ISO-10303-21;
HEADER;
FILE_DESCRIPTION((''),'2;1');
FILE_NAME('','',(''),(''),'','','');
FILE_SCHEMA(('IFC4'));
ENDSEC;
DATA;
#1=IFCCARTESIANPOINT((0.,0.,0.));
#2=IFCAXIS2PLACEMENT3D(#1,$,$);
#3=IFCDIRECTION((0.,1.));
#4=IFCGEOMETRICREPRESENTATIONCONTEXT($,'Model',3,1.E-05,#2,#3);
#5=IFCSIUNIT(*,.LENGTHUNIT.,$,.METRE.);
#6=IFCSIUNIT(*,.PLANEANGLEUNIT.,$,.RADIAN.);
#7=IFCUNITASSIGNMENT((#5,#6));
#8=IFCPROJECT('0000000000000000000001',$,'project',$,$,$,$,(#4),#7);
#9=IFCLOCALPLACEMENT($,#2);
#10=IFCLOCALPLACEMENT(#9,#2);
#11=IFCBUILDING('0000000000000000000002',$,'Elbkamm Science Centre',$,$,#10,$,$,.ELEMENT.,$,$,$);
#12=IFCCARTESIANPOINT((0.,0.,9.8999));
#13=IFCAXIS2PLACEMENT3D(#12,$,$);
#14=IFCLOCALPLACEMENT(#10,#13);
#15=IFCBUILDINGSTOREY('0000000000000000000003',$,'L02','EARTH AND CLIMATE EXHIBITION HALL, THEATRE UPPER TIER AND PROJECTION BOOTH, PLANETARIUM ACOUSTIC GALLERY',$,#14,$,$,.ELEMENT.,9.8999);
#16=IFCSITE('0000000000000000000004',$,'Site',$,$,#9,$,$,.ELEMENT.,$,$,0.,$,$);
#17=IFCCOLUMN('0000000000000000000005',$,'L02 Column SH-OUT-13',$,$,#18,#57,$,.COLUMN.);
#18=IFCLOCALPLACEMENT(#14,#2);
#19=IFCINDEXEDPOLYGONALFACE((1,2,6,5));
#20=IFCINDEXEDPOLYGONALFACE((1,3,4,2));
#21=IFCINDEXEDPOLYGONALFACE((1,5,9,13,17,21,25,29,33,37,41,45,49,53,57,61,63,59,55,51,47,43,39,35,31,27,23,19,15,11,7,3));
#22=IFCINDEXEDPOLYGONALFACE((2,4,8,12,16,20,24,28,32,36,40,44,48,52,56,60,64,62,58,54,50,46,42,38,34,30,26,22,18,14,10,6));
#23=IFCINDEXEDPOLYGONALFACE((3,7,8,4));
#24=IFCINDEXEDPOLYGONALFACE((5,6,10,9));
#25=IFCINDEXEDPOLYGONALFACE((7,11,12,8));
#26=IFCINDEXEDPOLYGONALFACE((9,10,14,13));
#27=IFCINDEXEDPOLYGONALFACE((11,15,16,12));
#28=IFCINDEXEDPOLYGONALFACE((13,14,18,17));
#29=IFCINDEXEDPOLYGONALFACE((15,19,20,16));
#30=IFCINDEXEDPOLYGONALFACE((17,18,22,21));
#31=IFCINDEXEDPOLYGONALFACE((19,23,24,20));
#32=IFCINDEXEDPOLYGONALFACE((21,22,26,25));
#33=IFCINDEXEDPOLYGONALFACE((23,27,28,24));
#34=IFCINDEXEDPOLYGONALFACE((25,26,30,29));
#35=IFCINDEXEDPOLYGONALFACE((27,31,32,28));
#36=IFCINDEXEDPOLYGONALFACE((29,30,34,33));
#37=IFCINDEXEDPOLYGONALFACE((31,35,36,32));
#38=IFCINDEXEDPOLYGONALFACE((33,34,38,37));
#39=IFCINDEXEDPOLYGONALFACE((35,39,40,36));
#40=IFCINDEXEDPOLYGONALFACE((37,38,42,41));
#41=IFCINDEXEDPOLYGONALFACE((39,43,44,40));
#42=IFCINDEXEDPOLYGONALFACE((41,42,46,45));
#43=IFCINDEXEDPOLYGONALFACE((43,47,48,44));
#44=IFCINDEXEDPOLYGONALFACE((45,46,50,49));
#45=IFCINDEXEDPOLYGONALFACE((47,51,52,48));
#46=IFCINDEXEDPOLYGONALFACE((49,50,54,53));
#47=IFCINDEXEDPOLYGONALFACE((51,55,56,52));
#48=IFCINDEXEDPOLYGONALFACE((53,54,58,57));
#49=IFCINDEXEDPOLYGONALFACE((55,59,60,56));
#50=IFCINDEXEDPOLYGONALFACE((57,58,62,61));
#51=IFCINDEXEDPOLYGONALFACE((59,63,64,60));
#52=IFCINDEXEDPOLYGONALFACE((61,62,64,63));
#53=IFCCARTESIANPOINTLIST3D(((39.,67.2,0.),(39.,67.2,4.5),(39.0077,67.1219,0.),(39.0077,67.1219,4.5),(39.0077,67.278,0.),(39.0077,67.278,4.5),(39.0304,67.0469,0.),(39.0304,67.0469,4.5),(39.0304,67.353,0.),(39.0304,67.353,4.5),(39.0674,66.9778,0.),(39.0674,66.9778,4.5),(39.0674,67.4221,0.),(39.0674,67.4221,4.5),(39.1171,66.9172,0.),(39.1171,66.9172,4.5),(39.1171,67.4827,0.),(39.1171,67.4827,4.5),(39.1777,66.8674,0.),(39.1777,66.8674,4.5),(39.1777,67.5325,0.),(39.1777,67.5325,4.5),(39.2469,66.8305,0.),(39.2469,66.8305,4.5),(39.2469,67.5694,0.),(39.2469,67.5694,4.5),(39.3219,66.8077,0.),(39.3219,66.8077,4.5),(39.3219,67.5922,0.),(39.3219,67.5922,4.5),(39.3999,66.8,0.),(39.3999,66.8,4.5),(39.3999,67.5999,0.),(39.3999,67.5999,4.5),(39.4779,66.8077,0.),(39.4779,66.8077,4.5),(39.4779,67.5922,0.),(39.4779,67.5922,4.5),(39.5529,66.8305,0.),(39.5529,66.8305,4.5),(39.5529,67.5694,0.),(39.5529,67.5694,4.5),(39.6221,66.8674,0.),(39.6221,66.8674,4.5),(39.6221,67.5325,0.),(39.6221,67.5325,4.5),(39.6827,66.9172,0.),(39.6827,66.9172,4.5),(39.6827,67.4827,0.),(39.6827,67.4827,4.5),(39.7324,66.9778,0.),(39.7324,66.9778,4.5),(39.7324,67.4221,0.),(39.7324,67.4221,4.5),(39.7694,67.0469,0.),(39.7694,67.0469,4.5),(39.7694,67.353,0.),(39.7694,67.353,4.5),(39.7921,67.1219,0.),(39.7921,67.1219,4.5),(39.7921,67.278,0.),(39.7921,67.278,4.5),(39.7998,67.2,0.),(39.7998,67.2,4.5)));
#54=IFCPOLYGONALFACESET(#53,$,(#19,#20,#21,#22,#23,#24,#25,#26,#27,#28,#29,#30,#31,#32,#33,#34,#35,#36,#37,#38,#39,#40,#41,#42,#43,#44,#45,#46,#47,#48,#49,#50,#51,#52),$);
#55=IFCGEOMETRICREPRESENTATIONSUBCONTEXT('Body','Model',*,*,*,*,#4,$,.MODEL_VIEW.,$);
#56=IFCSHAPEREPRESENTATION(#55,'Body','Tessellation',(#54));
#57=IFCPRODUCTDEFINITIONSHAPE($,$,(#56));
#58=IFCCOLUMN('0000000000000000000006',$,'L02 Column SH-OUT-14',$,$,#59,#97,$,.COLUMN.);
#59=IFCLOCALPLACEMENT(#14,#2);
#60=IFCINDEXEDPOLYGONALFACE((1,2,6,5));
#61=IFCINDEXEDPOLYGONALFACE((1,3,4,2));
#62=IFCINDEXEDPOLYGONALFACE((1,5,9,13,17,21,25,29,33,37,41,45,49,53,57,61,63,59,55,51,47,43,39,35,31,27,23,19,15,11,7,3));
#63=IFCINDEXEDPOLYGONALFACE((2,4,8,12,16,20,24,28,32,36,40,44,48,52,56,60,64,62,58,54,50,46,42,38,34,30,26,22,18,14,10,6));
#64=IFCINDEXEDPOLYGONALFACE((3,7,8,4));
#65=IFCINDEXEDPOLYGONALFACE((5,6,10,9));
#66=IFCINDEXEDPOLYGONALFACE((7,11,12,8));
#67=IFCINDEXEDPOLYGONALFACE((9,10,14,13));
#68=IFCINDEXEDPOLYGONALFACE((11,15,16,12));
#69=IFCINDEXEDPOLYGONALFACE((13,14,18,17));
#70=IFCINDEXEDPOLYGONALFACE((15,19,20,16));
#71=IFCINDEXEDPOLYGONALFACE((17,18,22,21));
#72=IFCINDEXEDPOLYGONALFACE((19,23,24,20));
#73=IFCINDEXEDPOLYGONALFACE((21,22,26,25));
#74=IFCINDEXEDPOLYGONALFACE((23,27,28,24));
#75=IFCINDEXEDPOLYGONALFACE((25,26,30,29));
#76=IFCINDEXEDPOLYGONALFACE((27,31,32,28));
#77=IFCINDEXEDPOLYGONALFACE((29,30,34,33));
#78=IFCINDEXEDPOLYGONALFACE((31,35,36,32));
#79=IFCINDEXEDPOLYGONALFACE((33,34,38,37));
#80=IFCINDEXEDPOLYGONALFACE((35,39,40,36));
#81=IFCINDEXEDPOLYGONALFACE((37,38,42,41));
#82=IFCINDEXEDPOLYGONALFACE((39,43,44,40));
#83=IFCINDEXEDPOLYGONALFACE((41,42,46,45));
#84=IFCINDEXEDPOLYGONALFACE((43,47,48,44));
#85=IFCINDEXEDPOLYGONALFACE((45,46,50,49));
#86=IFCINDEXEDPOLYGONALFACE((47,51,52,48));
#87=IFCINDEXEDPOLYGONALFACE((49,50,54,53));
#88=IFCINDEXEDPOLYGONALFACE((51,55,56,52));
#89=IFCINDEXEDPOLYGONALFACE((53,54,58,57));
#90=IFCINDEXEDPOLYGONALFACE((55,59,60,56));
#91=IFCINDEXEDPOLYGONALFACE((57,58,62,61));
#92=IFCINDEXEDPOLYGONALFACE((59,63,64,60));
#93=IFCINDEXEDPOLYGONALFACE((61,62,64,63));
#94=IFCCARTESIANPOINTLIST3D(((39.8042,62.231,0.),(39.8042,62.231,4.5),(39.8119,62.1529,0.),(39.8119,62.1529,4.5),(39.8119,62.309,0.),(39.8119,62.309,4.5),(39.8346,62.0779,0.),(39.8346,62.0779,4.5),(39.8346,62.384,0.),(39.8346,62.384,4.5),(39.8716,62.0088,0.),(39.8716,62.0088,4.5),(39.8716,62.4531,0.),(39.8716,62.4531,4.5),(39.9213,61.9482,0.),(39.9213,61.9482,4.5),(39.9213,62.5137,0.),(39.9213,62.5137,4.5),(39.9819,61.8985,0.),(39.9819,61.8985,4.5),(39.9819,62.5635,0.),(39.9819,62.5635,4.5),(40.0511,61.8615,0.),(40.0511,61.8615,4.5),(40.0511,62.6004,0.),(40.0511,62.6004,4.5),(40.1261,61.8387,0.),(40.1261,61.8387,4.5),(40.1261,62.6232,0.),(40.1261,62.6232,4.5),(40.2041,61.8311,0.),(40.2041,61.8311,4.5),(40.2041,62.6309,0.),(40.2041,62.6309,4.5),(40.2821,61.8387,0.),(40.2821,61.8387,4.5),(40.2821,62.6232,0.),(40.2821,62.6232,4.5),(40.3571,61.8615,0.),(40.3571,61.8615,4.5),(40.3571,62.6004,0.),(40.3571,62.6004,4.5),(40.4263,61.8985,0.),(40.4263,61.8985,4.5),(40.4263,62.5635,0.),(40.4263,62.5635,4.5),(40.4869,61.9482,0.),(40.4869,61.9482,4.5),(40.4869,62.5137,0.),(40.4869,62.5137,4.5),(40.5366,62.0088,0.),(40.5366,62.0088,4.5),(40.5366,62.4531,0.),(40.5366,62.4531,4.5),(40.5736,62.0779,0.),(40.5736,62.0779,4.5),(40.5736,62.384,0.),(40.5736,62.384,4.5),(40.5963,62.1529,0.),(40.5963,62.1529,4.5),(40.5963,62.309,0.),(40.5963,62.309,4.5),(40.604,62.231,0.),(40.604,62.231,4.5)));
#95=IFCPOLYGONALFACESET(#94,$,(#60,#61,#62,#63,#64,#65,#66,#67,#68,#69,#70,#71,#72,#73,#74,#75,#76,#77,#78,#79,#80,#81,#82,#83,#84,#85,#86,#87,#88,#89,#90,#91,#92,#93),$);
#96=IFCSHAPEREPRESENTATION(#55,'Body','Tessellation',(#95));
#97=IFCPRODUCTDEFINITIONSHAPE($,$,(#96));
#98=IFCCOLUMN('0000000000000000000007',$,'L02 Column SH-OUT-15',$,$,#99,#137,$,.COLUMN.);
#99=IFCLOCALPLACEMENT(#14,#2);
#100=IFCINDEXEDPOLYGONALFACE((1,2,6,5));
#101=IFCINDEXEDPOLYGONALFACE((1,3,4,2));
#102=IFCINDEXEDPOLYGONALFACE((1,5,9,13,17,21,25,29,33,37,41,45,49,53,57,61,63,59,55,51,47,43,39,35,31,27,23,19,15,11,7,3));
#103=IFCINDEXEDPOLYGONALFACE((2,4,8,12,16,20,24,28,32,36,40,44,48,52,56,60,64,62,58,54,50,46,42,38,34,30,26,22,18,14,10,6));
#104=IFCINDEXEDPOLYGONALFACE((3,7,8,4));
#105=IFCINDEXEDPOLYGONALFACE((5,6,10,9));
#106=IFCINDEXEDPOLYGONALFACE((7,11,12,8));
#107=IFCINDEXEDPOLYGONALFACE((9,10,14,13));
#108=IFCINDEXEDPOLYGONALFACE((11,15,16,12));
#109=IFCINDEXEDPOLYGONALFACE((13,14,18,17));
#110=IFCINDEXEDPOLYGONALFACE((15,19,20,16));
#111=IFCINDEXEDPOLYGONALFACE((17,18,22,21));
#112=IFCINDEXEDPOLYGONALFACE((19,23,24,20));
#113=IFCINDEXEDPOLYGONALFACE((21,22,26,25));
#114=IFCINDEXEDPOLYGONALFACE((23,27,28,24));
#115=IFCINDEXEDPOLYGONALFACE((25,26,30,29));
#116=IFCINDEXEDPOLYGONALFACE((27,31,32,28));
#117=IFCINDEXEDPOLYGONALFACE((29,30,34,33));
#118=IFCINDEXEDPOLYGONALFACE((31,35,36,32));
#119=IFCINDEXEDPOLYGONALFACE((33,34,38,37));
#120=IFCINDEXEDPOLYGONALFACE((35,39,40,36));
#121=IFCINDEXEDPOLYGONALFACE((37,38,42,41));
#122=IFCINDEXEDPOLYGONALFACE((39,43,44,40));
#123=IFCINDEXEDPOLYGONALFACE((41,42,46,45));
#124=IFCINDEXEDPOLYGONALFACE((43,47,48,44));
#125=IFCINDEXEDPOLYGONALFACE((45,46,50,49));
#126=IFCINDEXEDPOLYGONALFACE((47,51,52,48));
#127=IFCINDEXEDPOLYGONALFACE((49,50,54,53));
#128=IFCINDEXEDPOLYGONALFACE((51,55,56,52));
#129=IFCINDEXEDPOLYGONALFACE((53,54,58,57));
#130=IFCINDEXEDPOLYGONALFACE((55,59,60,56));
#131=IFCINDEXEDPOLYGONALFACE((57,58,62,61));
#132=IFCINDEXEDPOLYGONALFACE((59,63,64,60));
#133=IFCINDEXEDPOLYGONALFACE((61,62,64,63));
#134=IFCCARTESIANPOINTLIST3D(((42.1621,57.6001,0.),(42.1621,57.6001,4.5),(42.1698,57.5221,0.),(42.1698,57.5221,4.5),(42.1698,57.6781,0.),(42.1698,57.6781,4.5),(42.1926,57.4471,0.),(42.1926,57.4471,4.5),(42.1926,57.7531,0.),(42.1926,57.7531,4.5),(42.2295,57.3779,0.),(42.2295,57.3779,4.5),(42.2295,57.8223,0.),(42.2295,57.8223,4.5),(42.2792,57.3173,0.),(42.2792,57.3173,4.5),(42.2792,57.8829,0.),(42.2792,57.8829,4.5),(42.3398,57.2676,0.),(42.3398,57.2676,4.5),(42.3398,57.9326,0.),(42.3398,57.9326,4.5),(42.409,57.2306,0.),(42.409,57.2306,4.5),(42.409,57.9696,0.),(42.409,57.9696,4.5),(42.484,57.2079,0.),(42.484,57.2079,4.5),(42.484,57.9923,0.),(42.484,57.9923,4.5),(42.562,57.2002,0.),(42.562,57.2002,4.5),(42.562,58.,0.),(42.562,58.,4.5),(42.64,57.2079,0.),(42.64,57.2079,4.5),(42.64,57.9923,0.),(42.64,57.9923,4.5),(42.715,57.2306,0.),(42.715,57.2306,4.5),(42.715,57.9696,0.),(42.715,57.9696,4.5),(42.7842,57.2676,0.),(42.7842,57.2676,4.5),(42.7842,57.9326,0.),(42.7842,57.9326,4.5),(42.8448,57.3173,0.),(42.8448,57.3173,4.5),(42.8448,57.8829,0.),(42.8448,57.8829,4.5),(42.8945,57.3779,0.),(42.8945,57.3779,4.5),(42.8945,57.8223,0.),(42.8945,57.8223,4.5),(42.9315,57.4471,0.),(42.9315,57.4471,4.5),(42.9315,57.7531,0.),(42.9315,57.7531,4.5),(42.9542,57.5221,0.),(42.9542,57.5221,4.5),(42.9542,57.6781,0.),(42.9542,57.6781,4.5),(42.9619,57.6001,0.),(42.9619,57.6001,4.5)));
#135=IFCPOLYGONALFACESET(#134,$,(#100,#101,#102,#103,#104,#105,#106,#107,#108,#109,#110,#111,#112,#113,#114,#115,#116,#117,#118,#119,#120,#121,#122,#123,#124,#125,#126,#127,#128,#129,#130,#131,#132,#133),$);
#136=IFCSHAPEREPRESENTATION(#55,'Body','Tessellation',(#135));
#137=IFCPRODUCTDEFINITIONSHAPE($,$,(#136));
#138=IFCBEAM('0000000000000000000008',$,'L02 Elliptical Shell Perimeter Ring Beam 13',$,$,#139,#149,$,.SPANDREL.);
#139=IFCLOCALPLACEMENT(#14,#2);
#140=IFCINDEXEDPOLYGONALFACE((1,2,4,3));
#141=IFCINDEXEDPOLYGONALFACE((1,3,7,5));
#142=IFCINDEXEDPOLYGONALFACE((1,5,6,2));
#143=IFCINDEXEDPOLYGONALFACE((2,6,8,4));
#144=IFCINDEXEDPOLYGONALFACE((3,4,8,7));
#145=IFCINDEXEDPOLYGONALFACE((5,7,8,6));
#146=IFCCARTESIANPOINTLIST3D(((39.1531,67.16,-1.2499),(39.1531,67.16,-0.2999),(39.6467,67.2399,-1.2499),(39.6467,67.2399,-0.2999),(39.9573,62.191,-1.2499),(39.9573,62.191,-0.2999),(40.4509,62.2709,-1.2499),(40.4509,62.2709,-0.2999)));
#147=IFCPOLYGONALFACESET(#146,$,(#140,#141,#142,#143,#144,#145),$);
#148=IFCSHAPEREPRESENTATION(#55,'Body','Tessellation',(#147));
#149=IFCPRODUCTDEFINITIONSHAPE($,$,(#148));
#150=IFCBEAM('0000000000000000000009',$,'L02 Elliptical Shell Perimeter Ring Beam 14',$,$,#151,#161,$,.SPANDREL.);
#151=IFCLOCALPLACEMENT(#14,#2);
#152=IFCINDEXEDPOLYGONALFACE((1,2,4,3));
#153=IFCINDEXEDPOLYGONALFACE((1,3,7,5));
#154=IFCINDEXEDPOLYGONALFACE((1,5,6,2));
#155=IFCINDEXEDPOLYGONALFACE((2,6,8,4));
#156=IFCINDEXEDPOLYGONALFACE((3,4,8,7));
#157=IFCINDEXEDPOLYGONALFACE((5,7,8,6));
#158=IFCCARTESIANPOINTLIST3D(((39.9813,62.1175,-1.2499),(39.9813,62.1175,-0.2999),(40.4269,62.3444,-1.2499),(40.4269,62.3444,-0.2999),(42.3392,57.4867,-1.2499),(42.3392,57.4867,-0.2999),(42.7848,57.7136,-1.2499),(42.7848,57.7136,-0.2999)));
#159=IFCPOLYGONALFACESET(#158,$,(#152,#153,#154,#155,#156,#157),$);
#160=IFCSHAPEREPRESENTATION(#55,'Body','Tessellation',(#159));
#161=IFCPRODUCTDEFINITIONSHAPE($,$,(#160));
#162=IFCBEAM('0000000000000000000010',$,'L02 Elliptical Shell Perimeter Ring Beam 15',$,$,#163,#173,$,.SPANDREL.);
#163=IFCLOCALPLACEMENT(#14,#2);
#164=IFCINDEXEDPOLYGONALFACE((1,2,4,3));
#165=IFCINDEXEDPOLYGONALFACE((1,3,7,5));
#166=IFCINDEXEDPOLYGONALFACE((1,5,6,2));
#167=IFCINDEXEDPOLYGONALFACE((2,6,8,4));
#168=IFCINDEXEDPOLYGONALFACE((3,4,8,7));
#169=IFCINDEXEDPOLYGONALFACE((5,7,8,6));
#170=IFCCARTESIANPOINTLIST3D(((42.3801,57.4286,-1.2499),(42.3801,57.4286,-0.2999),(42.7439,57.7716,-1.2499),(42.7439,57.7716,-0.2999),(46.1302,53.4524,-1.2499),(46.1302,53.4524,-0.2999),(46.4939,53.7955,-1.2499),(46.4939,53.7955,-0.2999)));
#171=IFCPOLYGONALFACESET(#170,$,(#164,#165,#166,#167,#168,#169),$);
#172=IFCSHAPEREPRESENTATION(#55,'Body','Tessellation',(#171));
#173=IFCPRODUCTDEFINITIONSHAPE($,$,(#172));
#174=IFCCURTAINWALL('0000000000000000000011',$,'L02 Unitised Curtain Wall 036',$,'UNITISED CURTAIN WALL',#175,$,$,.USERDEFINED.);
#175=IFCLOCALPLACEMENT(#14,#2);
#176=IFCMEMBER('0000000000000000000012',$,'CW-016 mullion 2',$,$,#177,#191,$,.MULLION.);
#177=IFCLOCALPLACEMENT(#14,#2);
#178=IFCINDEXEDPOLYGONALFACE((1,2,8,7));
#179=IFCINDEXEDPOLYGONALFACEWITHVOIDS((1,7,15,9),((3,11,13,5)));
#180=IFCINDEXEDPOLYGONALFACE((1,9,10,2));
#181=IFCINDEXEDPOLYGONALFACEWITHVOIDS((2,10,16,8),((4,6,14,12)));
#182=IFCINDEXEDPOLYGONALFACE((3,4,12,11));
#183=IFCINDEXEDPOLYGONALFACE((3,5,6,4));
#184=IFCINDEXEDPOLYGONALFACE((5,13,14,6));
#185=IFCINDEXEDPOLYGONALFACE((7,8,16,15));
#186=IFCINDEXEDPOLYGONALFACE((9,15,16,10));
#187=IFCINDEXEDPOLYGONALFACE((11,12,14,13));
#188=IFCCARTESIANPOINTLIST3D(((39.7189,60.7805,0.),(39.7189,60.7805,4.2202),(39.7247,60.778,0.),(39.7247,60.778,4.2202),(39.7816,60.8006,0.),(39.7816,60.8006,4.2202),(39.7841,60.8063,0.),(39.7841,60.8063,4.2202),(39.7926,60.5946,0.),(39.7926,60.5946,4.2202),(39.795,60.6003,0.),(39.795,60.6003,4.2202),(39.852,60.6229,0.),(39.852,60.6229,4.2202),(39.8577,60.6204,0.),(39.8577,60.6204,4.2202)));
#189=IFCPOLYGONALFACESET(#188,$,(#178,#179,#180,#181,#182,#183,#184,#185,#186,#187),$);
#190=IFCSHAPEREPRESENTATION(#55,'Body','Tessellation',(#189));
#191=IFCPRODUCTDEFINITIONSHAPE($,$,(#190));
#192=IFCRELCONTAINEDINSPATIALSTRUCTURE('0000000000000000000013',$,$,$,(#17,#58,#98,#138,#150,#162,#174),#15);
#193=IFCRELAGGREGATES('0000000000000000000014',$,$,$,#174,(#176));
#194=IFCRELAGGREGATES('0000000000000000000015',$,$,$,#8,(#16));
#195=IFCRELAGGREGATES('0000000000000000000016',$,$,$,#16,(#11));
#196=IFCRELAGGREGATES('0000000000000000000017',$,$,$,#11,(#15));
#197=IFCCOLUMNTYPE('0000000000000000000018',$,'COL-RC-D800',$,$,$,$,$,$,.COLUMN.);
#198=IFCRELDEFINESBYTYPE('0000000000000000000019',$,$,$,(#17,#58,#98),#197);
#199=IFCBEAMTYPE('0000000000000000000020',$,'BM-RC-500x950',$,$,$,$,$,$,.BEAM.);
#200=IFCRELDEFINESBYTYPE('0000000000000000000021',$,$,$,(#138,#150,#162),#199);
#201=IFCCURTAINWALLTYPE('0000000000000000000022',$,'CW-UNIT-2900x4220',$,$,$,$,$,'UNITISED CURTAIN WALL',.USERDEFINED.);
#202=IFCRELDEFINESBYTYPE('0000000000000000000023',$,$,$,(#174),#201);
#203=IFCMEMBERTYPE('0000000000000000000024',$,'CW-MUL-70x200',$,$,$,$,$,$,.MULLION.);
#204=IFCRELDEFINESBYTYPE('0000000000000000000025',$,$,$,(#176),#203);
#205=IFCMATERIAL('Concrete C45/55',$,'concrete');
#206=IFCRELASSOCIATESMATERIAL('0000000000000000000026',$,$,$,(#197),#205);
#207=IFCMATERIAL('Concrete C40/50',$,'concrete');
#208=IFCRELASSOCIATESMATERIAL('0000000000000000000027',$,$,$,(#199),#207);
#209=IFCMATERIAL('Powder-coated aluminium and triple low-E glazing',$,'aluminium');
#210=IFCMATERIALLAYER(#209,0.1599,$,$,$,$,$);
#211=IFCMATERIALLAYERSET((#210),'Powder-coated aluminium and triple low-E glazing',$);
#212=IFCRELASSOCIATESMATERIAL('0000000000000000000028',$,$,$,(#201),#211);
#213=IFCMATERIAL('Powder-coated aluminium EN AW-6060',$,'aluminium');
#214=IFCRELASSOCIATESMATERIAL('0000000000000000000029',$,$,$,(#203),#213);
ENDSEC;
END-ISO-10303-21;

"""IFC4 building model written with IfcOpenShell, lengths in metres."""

from ifc_helpers import new_model, si_unit, direction, frame, origin, origin_2d, place, context, subcontext, project, spatial, rectangle, hollow_rectangle, circle, extrude, material, layer, layer_set, material_profile, profile_set, type_object, element, aggregate, save


model = new_model("IFC4")

# Units and contexts
model_context = context("Model", 3, precision=1e-05, world=origin(), true_north=direction((0.0, 1.0)))
body_context = subcontext(model_context, "Body", "Model", "MODEL_VIEW")
ifc_project = project(units=[si_unit("LENGTHUNIT", "METRE"), si_unit("PLANEANGLEUNIT", "RADIAN")], contexts=[model_context])

# Site, building, storey
site_placement = place(None, origin())
site = spatial("IfcSite", under=ifc_project, at=site_placement, Name="Site", CompositionType="ELEMENT", RefElevation=0.0)
building_placement = place(site_placement, origin())
building = spatial("IfcBuilding", under=site, at=building_placement, Name="Elbkamm Science Centre", CompositionType="ELEMENT")
storey_placement = place(building_placement, frame((0.0, 0.0, 9.8999)))
storey = spatial("IfcBuildingStorey", under=building, at=storey_placement, Name="L02", Description="EARTH AND CLIMATE EXHIBITION HALL, THEATRE UPPER TIER AND PROJECTION BOOTH, PLANETARIUM ACOUSTIC GALLERY", CompositionType="ELEMENT", Elevation=9.8999)

# Columns
ifc_material_1 = material(Name="Concrete C45/55", Category="concrete")
ifc_material_profile_1 = material_profile(ifc_material_1, circle(Radius=0.3999, at=origin_2d()), Name="RC D800")
ifc_profile_set_1 = profile_set([ifc_material_profile_1], Name="Concrete C45/55")
column_type = type_object("IfcColumnType", Name="COL-RC-D800", PredefinedType="COLUMN", material=ifc_profile_set_1)
for number, where, z_axis, x_axis, name in (
    (1, (39.3999, 67.2, 0.0), (0.0, 0.0, 1.0), (1.0, 0.0, 0.0), "L02 Column SH-OUT-13"),
    (2, (40.2041, 62.231, 0.0), (0.0, 0.0, 1.0), (1.0, 0.0, 0.0), "L02 Column SH-OUT-14"),
    (3, (42.562, 57.6001, 0.0), (0.0, 0.0, 1.0), (1.0, 0.0, 0.0), "L02 Column SH-OUT-15"),
):
    element("IfcColumn", number, at=place(storey_placement, frame(where, z_axis=z_axis, x_axis=x_axis)), inside=storey, type_object=column_type, Name=name, PredefinedType="COLUMN", context=body_context, shape_type="SweptSolid", body=[
        extrude(circle(Radius=0.3999, at=origin_2d()), origin(), (0.0, 0.0, 1.0), 4.5),
    ])

# Beams
ifc_material_2 = material(Name="Concrete C40/50", Category="concrete")
ifc_material_profile_2 = material_profile(ifc_material_2, rectangle(XDim=0.5, YDim=0.95, at=origin_2d()), Name="RC 500x950")
ifc_profile_set_2 = profile_set([ifc_material_profile_2], Name="Concrete C40/50")
beam_type = type_object("IfcBeamType", Name="BM-RC-500x950", PredefinedType="BEAM", material=ifc_profile_set_2)
beam_1_placement = place(storey_placement, frame((39.3999, 67.2, -0.7749), z_axis=(0.159765, -0.987155, 0.0), x_axis=(0.987155, 0.159765, 0.0)))
element("IfcBeam", 4, at=beam_1_placement, inside=storey, type_object=beam_type, Name="L02 Elliptical Shell Perimeter Ring Beam 13", PredefinedType="SPANDREL", context=body_context, shape_type="SweptSolid", body=[
    extrude(rectangle(XDim=0.5, YDim=0.95, at=origin_2d()), origin(), (0.0, 0.0, 1.0), 5.0337),
])
beam_2_placement = place(storey_placement, frame((40.2041, 62.231, -0.7749), z_axis=(0.453741, -0.891133, 0.0), x_axis=(0.891133, 0.453741, 0.0)))
element("IfcBeam", 5, at=beam_2_placement, inside=storey, type_object=beam_type, Name="L02 Elliptical Shell Perimeter Ring Beam 14", PredefinedType="SPANDREL", context=body_context, shape_type="SweptSolid", body=[
    extrude(rectangle(XDim=0.5, YDim=0.95, at=origin_2d()), origin(), (0.0, 0.0, 1.0), 5.1965),
])
beam_3_placement = place(storey_placement, frame((42.562, 57.6001, -0.7749), z_axis=(0.686122, -0.727486, 0.0), x_axis=(0.727486, 0.686122, 0.0)))
element("IfcBeam", 6, at=beam_3_placement, inside=storey, type_object=beam_type, Name="L02 Elliptical Shell Perimeter Ring Beam 15", PredefinedType="SPANDREL", context=body_context, shape_type="SweptSolid", body=[
    extrude(rectangle(XDim=0.5, YDim=0.95, at=origin_2d()), origin(), (0.0, 0.0, 1.0), 5.4656),
])

# Curtain wall, member
ifc_material_3 = material(Name="Powder-coated aluminium and triple low-E glazing", Category="aluminium")
ifc_layer_1 = layer(ifc_material_3, 0.1599)
ifc_layer_set_1 = layer_set([ifc_layer_1], Name="Powder-coated aluminium and triple low-E glazing")
curtain_wall_type = type_object("IfcCurtainWallType", Name="CW-UNIT-2900x4220", ElementType="UNITISED CURTAIN WALL", PredefinedType="USERDEFINED", material=ifc_layer_set_1)
curtain_wall_1_placement = place(storey_placement, origin())
curtain_wall_1 = element("IfcCurtainWall", 7, at=curtain_wall_1_placement, inside=storey, type_object=curtain_wall_type, Name="L02 Unitised Curtain Wall 036", ObjectType="UNITISED CURTAIN WALL", PredefinedType="USERDEFINED")
ifc_material_4 = material(Name="Powder-coated aluminium EN AW-6060", Category="aluminium")
ifc_material_profile_3 = material_profile(ifc_material_4, hollow_rectangle(XDim=0.0701, YDim=0.2, WallThickness=0.0044, at=origin_2d()), Name="ALU M70x200")
ifc_profile_set_3 = profile_set([ifc_material_profile_3], Name="Powder-coated aluminium EN AW-6060")
member_type_1 = type_object("IfcMemberType", Name="CW-MUL-70x200", PredefinedType="MULLION", material=ifc_profile_set_3)
member_1_placement = place(storey_placement, frame((39.7883, 60.7004, 0.0), z_axis=(0.0, 0.0, 1.0), x_axis=(0.929749, 0.368193, 0.0)))
member_1 = element("IfcMember", 8, at=member_1_placement, type_object=member_type_1, Name="CW-016 mullion 2", PredefinedType="MULLION", context=body_context, shape_type="SweptSolid", body=[
    extrude(hollow_rectangle(XDim=0.0701, YDim=0.2, WallThickness=0.0044, at=origin_2d()), origin(), (0.0, 0.0, 1.0), 4.2202),
])

aggregate(curtain_wall_1, [member_1])

save(model, "model.ifc")
